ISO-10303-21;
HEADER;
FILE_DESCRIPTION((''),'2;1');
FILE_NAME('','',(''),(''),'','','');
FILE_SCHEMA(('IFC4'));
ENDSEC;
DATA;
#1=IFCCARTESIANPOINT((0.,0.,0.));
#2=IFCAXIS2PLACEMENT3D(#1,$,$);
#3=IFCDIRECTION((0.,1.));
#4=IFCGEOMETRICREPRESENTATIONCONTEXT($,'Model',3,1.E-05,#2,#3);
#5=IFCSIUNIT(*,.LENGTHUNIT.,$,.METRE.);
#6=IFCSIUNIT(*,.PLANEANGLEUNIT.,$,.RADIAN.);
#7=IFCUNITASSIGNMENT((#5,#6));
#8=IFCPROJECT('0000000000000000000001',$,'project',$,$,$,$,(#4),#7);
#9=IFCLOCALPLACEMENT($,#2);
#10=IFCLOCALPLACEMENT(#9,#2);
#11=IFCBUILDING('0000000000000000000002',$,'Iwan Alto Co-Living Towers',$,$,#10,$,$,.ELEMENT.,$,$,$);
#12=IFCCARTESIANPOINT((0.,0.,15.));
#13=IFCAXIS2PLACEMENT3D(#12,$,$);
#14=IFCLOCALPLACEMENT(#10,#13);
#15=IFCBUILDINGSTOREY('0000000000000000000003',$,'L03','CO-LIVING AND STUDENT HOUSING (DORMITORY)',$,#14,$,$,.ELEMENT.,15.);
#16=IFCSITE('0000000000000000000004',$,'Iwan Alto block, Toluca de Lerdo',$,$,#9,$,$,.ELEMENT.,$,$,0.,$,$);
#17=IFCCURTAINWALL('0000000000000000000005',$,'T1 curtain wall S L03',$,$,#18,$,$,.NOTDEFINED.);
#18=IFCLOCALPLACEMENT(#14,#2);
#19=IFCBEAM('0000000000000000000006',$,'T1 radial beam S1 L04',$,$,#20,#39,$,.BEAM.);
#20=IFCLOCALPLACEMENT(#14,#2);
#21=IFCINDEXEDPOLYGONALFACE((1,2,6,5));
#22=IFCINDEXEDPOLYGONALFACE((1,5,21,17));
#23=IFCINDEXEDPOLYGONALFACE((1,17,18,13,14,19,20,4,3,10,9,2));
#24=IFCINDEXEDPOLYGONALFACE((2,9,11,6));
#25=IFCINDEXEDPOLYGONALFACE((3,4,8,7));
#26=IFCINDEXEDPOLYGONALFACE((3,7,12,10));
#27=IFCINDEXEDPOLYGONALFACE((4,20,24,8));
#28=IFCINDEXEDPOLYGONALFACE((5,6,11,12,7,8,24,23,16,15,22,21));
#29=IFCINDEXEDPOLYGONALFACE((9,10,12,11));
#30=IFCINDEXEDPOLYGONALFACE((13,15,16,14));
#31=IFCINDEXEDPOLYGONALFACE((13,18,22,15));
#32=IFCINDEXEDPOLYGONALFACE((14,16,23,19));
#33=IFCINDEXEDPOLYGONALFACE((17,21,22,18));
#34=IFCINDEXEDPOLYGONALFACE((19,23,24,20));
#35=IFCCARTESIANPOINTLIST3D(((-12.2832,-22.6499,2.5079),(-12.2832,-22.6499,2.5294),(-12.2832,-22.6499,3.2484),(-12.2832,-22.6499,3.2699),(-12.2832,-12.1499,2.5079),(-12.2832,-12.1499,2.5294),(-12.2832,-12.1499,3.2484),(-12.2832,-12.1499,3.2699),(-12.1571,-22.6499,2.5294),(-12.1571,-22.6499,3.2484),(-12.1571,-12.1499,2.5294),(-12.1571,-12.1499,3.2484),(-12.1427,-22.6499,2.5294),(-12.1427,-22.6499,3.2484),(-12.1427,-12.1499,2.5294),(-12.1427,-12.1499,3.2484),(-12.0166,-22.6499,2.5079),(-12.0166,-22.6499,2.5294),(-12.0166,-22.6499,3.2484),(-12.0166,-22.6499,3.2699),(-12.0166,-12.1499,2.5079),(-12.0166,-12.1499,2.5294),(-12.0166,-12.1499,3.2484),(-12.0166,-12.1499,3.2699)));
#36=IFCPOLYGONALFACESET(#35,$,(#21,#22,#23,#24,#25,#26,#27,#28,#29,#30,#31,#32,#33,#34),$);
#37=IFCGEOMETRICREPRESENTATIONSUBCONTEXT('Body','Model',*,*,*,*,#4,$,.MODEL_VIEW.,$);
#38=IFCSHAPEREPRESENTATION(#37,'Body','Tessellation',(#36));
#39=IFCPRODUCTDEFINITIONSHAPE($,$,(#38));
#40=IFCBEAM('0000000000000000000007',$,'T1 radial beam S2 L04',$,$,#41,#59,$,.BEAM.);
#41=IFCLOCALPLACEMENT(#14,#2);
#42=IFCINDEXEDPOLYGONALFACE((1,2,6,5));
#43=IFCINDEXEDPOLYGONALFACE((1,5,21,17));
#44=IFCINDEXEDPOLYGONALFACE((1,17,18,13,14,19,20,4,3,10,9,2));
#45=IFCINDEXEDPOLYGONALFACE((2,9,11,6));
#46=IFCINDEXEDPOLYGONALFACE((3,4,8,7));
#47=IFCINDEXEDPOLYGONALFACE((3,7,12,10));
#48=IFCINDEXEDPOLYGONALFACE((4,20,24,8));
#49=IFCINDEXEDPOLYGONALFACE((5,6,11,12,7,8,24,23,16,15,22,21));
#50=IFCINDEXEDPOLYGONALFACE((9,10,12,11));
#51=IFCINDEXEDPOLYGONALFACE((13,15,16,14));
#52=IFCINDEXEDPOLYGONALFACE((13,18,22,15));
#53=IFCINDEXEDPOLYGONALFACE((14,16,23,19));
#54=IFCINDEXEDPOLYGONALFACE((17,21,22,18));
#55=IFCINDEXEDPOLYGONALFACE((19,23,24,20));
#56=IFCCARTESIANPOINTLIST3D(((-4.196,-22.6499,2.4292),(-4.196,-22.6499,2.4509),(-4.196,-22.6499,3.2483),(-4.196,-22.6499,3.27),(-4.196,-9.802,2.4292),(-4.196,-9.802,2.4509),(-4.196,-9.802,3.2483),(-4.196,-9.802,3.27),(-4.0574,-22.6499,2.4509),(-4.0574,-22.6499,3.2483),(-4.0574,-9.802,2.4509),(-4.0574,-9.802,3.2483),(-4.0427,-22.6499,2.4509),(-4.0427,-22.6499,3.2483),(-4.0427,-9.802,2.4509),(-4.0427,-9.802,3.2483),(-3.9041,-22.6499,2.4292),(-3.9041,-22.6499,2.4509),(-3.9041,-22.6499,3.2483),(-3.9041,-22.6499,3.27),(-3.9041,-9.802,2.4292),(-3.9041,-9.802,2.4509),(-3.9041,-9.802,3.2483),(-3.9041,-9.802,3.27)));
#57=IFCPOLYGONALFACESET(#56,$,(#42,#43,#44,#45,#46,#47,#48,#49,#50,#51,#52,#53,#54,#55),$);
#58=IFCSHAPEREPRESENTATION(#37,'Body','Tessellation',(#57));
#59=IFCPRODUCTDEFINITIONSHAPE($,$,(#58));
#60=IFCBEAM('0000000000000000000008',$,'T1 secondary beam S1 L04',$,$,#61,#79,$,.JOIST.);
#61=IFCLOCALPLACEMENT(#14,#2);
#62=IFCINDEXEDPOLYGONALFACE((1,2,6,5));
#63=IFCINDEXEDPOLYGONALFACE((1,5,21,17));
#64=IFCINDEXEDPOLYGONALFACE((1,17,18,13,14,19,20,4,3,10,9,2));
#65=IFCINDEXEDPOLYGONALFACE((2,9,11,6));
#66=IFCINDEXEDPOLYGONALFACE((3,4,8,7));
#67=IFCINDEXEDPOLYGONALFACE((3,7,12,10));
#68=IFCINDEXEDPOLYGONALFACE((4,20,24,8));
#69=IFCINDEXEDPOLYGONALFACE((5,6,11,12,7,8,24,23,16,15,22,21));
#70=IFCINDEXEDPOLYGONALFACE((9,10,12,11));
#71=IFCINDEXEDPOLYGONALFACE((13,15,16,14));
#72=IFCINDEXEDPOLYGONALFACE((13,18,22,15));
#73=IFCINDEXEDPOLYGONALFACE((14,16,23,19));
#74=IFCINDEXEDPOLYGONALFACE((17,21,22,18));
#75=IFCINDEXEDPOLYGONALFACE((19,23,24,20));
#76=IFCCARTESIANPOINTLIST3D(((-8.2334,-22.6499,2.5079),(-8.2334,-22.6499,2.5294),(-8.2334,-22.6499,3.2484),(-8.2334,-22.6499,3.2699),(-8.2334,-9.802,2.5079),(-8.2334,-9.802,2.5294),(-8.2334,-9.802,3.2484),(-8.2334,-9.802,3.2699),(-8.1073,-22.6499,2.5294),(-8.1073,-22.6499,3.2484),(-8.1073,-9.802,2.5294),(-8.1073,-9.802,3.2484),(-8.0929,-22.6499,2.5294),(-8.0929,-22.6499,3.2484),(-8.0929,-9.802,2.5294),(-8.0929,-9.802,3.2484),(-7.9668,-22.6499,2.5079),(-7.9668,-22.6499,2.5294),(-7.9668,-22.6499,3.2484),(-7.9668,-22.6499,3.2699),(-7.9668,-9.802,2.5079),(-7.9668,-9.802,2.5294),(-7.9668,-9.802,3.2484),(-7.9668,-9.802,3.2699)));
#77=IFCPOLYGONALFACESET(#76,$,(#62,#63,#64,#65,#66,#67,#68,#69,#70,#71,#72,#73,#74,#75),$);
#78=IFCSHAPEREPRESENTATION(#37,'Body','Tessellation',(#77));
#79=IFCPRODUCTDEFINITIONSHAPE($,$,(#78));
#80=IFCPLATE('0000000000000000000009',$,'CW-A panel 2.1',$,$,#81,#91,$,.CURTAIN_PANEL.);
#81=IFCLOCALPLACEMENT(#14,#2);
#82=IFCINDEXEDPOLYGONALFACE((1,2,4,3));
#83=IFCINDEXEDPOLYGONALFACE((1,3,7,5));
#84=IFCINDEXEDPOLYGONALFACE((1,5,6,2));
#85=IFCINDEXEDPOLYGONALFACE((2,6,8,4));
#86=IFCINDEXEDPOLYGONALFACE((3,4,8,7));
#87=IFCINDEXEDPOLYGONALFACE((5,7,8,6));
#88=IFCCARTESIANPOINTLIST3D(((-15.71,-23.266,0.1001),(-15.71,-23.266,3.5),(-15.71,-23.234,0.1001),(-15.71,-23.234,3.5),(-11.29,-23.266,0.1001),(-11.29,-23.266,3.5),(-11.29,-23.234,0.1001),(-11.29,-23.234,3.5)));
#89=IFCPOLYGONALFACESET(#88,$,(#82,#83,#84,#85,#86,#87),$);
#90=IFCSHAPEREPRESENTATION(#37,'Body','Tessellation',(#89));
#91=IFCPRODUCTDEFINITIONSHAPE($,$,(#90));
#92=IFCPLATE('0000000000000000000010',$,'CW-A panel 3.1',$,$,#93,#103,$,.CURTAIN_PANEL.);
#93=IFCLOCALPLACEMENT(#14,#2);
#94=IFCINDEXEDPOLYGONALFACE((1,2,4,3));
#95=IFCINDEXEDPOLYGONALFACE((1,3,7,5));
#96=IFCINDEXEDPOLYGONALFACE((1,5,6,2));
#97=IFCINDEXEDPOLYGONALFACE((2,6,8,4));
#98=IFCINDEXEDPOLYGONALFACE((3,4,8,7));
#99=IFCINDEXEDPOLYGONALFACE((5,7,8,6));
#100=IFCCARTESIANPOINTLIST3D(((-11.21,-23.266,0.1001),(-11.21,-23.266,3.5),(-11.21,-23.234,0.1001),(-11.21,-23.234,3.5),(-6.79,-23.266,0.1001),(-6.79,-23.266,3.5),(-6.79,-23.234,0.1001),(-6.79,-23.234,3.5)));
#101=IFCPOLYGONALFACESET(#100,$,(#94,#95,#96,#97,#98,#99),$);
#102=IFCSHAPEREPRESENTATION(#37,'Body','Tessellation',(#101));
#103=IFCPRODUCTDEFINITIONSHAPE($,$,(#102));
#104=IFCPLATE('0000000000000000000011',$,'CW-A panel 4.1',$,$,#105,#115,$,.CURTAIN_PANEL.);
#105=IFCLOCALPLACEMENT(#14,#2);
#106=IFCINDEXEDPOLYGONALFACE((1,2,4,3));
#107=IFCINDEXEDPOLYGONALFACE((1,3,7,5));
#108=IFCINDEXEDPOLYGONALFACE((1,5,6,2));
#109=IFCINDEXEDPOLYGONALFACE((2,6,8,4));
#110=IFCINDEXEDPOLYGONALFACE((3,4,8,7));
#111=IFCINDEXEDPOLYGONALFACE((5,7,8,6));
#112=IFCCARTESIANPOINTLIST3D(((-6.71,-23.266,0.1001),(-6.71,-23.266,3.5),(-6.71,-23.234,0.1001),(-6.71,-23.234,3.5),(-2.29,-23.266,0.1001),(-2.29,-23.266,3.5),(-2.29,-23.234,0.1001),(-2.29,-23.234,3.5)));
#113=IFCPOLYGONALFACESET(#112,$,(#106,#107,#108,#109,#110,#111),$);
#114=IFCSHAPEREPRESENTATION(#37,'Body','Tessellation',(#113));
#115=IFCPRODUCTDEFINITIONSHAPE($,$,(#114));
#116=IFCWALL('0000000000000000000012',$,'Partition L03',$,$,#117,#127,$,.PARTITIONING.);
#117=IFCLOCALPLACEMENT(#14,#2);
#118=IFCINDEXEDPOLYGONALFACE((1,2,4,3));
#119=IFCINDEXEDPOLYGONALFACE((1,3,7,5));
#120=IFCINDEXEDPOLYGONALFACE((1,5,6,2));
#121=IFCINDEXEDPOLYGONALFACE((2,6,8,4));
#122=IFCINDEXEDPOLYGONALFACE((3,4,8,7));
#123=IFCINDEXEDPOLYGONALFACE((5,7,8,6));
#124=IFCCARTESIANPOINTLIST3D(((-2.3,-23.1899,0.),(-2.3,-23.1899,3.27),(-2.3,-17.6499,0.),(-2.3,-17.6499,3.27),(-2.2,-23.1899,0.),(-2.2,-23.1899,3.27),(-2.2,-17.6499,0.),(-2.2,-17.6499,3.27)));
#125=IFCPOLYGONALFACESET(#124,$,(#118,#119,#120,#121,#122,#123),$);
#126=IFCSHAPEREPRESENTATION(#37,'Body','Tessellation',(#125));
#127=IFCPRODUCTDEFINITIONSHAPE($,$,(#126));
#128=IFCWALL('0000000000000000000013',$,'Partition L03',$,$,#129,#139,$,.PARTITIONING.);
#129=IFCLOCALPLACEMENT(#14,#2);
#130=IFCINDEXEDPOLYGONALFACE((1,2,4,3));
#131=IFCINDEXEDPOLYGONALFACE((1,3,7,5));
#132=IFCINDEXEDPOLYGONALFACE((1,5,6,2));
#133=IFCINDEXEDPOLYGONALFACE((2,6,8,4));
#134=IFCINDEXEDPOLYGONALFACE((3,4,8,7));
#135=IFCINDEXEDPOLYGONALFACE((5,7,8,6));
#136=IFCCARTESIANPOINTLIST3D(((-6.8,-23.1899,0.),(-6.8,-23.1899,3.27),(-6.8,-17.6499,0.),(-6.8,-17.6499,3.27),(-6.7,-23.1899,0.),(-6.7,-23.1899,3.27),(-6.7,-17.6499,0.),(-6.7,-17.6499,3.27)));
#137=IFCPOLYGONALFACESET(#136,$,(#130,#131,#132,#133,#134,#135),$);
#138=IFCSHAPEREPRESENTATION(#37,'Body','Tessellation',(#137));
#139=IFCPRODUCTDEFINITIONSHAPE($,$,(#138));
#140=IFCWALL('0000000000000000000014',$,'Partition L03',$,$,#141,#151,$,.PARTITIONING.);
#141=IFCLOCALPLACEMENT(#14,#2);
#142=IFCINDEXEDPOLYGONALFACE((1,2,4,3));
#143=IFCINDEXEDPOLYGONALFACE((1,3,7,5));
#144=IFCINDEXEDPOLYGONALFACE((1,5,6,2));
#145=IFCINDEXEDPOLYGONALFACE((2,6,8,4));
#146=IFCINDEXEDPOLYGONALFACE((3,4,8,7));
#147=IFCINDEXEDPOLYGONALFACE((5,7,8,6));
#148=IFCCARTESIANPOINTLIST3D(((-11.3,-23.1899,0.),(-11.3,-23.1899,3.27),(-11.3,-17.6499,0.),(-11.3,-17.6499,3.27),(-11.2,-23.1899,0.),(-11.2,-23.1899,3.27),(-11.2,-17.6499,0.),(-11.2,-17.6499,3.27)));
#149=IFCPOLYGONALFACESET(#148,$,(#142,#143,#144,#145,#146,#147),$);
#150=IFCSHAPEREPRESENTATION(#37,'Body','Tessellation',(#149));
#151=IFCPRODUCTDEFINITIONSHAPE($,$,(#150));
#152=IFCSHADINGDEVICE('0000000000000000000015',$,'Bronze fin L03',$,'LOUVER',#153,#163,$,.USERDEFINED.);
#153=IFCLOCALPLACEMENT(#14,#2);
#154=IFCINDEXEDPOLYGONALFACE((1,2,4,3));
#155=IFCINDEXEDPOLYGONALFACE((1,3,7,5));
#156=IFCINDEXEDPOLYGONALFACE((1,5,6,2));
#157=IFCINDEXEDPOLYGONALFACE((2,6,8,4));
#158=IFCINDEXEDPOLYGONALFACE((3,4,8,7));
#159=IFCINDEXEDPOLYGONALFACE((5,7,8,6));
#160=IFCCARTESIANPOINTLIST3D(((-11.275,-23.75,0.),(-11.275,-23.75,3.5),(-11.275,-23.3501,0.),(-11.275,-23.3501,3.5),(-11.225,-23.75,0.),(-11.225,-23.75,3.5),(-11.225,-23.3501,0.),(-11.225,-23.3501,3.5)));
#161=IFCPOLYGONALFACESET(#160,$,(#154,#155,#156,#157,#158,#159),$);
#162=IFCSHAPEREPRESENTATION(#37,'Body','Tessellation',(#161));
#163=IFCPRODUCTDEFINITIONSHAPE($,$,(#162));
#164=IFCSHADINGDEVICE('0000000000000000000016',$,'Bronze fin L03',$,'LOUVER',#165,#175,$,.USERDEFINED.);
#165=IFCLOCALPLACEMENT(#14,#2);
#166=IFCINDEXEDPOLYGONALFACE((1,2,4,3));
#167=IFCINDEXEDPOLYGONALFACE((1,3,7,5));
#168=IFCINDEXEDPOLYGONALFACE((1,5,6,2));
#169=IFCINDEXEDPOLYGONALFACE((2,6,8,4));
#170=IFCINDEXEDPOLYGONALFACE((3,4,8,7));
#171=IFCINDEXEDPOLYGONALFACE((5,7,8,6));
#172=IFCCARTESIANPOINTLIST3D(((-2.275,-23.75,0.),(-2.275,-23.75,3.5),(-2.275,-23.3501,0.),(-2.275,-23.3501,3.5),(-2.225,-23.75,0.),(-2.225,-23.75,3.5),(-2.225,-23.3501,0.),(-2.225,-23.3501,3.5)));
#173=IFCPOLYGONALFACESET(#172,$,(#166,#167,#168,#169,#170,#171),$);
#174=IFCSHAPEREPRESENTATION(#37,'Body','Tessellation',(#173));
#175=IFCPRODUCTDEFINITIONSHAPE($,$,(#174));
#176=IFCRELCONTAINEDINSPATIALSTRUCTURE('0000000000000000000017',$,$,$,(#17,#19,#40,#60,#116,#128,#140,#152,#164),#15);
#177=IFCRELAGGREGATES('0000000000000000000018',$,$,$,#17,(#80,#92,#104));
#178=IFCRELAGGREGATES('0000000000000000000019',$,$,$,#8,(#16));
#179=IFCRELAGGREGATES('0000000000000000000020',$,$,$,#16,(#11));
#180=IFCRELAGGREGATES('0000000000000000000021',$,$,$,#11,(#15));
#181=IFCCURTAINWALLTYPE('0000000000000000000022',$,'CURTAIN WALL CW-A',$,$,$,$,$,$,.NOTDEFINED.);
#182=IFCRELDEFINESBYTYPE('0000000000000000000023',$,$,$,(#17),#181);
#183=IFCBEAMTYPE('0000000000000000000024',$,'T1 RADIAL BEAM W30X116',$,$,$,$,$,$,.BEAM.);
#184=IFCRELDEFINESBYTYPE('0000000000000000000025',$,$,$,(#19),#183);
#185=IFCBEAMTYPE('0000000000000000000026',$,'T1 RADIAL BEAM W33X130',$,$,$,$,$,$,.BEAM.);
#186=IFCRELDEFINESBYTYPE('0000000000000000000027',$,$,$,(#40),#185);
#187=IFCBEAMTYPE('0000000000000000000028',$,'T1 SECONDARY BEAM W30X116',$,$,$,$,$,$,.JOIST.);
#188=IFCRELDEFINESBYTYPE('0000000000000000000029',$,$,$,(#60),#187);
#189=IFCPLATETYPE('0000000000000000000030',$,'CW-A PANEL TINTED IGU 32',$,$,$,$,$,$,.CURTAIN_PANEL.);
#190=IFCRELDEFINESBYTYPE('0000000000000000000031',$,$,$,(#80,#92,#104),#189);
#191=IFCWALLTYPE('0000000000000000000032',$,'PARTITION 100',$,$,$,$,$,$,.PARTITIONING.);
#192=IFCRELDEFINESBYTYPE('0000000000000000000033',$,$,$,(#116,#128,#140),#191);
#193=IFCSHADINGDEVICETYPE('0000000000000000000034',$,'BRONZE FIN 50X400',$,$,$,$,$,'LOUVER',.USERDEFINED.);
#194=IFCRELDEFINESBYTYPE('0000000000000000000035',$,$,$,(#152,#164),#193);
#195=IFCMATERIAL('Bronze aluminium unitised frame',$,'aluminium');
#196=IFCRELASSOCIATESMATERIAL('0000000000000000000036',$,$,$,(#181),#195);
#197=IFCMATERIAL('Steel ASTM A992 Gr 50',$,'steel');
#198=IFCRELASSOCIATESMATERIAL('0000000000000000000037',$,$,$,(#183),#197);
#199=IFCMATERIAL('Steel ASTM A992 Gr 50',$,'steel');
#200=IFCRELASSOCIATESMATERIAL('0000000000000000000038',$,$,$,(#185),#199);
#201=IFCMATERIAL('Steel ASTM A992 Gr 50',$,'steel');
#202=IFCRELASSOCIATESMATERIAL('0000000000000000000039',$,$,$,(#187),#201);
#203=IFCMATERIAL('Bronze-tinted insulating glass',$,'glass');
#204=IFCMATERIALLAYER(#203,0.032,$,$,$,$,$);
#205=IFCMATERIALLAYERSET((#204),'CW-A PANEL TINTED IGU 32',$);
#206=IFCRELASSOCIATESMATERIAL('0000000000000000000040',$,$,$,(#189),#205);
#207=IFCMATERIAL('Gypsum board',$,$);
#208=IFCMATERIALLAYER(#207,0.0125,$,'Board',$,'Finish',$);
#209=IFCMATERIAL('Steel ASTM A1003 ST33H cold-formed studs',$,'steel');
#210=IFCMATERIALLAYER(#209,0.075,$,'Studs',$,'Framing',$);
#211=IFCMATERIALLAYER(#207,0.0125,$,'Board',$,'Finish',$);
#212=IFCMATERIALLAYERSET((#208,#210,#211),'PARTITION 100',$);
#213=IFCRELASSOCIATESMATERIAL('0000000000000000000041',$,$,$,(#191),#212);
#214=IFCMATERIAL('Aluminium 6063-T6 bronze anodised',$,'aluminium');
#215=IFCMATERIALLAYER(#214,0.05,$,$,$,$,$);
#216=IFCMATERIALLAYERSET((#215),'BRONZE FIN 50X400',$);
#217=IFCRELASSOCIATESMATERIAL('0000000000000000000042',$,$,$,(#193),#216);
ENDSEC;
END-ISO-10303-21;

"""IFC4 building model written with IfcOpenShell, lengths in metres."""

from ifc_helpers import new_model, si_unit, direction, frame, frame_2d, origin, origin_2d, place, context, subcontext, project, spatial, rectangle, i_section, extrude, material, layer, layer_set, material_profile, profile_set, type_object, element, aggregate, save


model = new_model("IFC4")

# Units and contexts
model_context = context("Model", 3, precision=1e-05, world=origin(), true_north=direction((0.0, 1.0)))
body_context = subcontext(model_context, "Body", "Model", "MODEL_VIEW")
ifc_project = project(units=[si_unit("LENGTHUNIT", "METRE"), si_unit("PLANEANGLEUNIT", "RADIAN")], contexts=[model_context])

# Site, building, storey
site_placement = place(None, origin())
site = spatial("IfcSite", under=ifc_project, at=site_placement, Name="Iwan Alto block, Toluca de Lerdo", CompositionType="ELEMENT", RefElevation=0.0)
building_placement = place(site_placement, origin())
building = spatial("IfcBuilding", under=site, at=building_placement, Name="Iwan Alto Co-Living Towers", CompositionType="ELEMENT")
storey_placement = place(building_placement, frame((0.0, 0.0, 15.0)))
storey = spatial("IfcBuildingStorey", under=building, at=storey_placement, Name="L03", Description="CO-LIVING AND STUDENT HOUSING (DORMITORY)", CompositionType="ELEMENT", Elevation=15.0)

# Curtain wall
ifc_material_1 = material(Name="Bronze aluminium unitised frame", Category="aluminium")
curtain_wall_type = type_object("IfcCurtainWallType", Name="CURTAIN WALL CW-A", PredefinedType="NOTDEFINED", material=ifc_material_1)
curtain_wall_placement = place(storey_placement, origin())
curtain_wall = element("IfcCurtainWall", 1, at=curtain_wall_placement, inside=storey, type_object=curtain_wall_type, Name="T1 curtain wall S L03", PredefinedType="NOTDEFINED")

# Beams
ifc_material_2 = material(Name="Steel ASTM A992 Gr 50", Category="steel")
ifc_material_profile_1 = material_profile(ifc_material_2, i_section(OverallWidth=0.2666, OverallDepth=0.762, WebThickness=0.0144, FlangeThickness=0.0215, at=origin_2d()), Name="W30X116")
ifc_profile_set_1 = profile_set([ifc_material_profile_1], Name="Steel ASTM A992 Gr 50")
beam_type_1 = type_object("IfcBeamType", Name="T1 RADIAL BEAM W30X116", PredefinedType="BEAM", material=ifc_profile_set_1)
beam_1_placement = place(storey_placement, frame((-12.1499, -22.6499, 2.8889), z_axis=(0.0, 1.0, 0.0), x_axis=(-1.0, 0.0, 0.0)))
element("IfcBeam", 2, at=beam_1_placement, inside=storey, type_object=beam_type_1, Name="T1 radial beam S1 L04", PredefinedType="BEAM", context=body_context, shape_type="SweptSolid", body=[
    extrude(i_section(OverallWidth=0.2666, OverallDepth=0.762, WebThickness=0.0144, FlangeThickness=0.0215, at=origin_2d()), origin(), (0.0, 0.0, 1.0), 10.5),
])
ifc_material_3 = material(Name="Steel ASTM A992 Gr 50", Category="steel")
ifc_material_profile_2 = material_profile(ifc_material_3, i_section(OverallWidth=0.292, OverallDepth=0.8408, WebThickness=0.0146, FlangeThickness=0.0217, at=origin_2d()), Name="W33X130")
ifc_profile_set_2 = profile_set([ifc_material_profile_2], Name="Steel ASTM A992 Gr 50")
beam_type_2 = type_object("IfcBeamType", Name="T1 RADIAL BEAM W33X130", PredefinedType="BEAM", material=ifc_profile_set_2)
beam_2_placement = place(storey_placement, frame((-4.05, -22.6499, 2.8496), z_axis=(0.0, 1.0, 0.0), x_axis=(-1.0, 0.0, 0.0)))
element("IfcBeam", 3, at=beam_2_placement, inside=storey, type_object=beam_type_2, Name="T1 radial beam S2 L04", PredefinedType="BEAM", context=body_context, shape_type="SweptSolid", body=[
    extrude(i_section(OverallWidth=0.292, OverallDepth=0.8408, WebThickness=0.0146, FlangeThickness=0.0217, at=origin_2d()), origin(), (0.0, 0.0, 1.0), 12.8479),
])
ifc_material_4 = material(Name="Steel ASTM A992 Gr 50", Category="steel")
ifc_material_profile_3 = material_profile(ifc_material_4, i_section(OverallWidth=0.2666, OverallDepth=0.762, WebThickness=0.0144, FlangeThickness=0.0215, at=origin_2d()), Name="W30X116")
ifc_profile_set_3 = profile_set([ifc_material_profile_3], Name="Steel ASTM A992 Gr 50")
beam_type_3 = type_object("IfcBeamType", Name="T1 SECONDARY BEAM W30X116", PredefinedType="JOIST", material=ifc_profile_set_3)
beam_3_placement = place(storey_placement, frame((-8.1001, -22.6499, 2.8889), z_axis=(0.0, 1.0, 0.0), x_axis=(-1.0, 0.0, 0.0)))
element("IfcBeam", 4, at=beam_3_placement, inside=storey, type_object=beam_type_3, Name="T1 secondary beam S1 L04", PredefinedType="JOIST", context=body_context, shape_type="SweptSolid", body=[
    extrude(i_section(OverallWidth=0.2666, OverallDepth=0.762, WebThickness=0.0144, FlangeThickness=0.0215, at=origin_2d()), origin(), (0.0, 0.0, 1.0), 12.8479),
])

# Plates
ifc_material_5 = material(Name="Bronze-tinted insulating glass", Category="glass")
ifc_layer_1 = layer(ifc_material_5, 0.032)
ifc_layer_set_1 = layer_set([ifc_layer_1], Name="CW-A PANEL TINTED IGU 32")
plate_type = type_object("IfcPlateType", Name="CW-A PANEL TINTED IGU 32", PredefinedType="CURTAIN_PANEL", material=ifc_layer_set_1)
plate_1_placement = place(storey_placement, frame((-13.5, -23.25, 0.1001), z_axis=(0.0, 0.0, 1.0), x_axis=(1.0, 0.0, 0.0)))
plate_1 = element("IfcPlate", 5, at=plate_1_placement, type_object=plate_type, Name="CW-A panel 2.1", PredefinedType="CURTAIN_PANEL", context=body_context, shape_type="SweptSolid", body=[
    extrude(rectangle(XDim=4.4199, YDim=0.032, at=origin_2d()), origin(), (0.0, 0.0, 1.0), 3.3999),
])
plate_2_placement = place(storey_placement, frame((-9.0, -23.25, 0.1001), z_axis=(0.0, 0.0, 1.0), x_axis=(1.0, 0.0, 0.0)))
plate_2 = element("IfcPlate", 6, at=plate_2_placement, type_object=plate_type, Name="CW-A panel 3.1", PredefinedType="CURTAIN_PANEL", context=body_context, shape_type="SweptSolid", body=[
    extrude(rectangle(XDim=4.4199, YDim=0.032, at=origin_2d()), origin(), (0.0, 0.0, 1.0), 3.3999),
])
plate_3_placement = place(storey_placement, frame((-4.5, -23.25, 0.1001), z_axis=(0.0, 0.0, 1.0), x_axis=(1.0, 0.0, 0.0)))
plate_3 = element("IfcPlate", 7, at=plate_3_placement, type_object=plate_type, Name="CW-A panel 4.1", PredefinedType="CURTAIN_PANEL", context=body_context, shape_type="SweptSolid", body=[
    extrude(rectangle(XDim=4.4199, YDim=0.032, at=origin_2d()), origin(), (0.0, 0.0, 1.0), 3.3999),
])
aggregate(curtain_wall, [plate_1, plate_2, plate_3])

# Walls
ifc_material_6 = material(Name="Gypsum board")
ifc_layer_2 = layer(ifc_material_6, 0.0125, Name="Board", Category="Finish")
ifc_material_7 = material(Name="Steel ASTM A1003 ST33H cold-formed studs", Category="steel")
ifc_layer_3 = layer(ifc_material_7, 0.075, Name="Studs", Category="Framing")
ifc_layer_4 = layer(ifc_material_6, 0.0125, Name="Board", Category="Finish")
ifc_layer_set_2 = layer_set([ifc_layer_2, ifc_layer_3, ifc_layer_4], Name="PARTITION 100")
wall_type = type_object("IfcWallType", Name="PARTITION 100", PredefinedType="PARTITIONING", material=ifc_layer_set_2)
for number, where, z_axis, x_axis, name in (
    (8, (-2.25, -23.1899, 0.0), (0.0, 0.0, 1.0), (0.0, 1.0, 0.0), "Partition L03"),
    (9, (-6.75, -23.1899, 0.0), (0.0, 0.0, 1.0), (0.0, 1.0, 0.0), "Partition L03"),
    (10, (-11.25, -23.1899, 0.0), (0.0, 0.0, 1.0), (0.0, 1.0, 0.0), "Partition L03"),
):
    element("IfcWall", number, at=place(storey_placement, frame(where, z_axis=z_axis, x_axis=x_axis)), inside=storey, type_object=wall_type, Name=name, PredefinedType="PARTITIONING", context=body_context, shape_type="SweptSolid", body=[
        extrude(rectangle(XDim=5.54, YDim=0.1001, at=frame_2d((2.77, 0.0))), origin(), (0.0, 0.0, 1.0), 3.27),
    ])

# Shading devices
ifc_material_8 = material(Name="Aluminium 6063-T6 bronze anodised", Category="aluminium")
ifc_layer_5 = layer(ifc_material_8, 0.05)
ifc_layer_set_3 = layer_set([ifc_layer_5], Name="BRONZE FIN 50X400")
shading_device_type = type_object("IfcShadingDeviceType", Name="BRONZE FIN 50X400", ElementType="LOUVER", PredefinedType="USERDEFINED", material=ifc_layer_set_3)
for number, where, z_axis, x_axis, name in (
    (11, (-11.25, -23.55, 0.0), (0.0, 0.0, 1.0), (1.0, 0.0, 0.0), "Bronze fin L03"),
    (12, (-2.25, -23.55, 0.0), (0.0, 0.0, 1.0), (1.0, 0.0, 0.0), "Bronze fin L03"),
):
    element("IfcShadingDevice", number, at=place(storey_placement, frame(where, z_axis=z_axis, x_axis=x_axis)), inside=storey, type_object=shading_device_type, Name=name, ObjectType="LOUVER", PredefinedType="USERDEFINED", context=body_context, shape_type="SweptSolid", body=[
        extrude(rectangle(XDim=0.05, YDim=0.3999, at=origin_2d()), origin(), (0.0, 0.0, 1.0), 3.5),
    ])

save(model, "model.ifc")
